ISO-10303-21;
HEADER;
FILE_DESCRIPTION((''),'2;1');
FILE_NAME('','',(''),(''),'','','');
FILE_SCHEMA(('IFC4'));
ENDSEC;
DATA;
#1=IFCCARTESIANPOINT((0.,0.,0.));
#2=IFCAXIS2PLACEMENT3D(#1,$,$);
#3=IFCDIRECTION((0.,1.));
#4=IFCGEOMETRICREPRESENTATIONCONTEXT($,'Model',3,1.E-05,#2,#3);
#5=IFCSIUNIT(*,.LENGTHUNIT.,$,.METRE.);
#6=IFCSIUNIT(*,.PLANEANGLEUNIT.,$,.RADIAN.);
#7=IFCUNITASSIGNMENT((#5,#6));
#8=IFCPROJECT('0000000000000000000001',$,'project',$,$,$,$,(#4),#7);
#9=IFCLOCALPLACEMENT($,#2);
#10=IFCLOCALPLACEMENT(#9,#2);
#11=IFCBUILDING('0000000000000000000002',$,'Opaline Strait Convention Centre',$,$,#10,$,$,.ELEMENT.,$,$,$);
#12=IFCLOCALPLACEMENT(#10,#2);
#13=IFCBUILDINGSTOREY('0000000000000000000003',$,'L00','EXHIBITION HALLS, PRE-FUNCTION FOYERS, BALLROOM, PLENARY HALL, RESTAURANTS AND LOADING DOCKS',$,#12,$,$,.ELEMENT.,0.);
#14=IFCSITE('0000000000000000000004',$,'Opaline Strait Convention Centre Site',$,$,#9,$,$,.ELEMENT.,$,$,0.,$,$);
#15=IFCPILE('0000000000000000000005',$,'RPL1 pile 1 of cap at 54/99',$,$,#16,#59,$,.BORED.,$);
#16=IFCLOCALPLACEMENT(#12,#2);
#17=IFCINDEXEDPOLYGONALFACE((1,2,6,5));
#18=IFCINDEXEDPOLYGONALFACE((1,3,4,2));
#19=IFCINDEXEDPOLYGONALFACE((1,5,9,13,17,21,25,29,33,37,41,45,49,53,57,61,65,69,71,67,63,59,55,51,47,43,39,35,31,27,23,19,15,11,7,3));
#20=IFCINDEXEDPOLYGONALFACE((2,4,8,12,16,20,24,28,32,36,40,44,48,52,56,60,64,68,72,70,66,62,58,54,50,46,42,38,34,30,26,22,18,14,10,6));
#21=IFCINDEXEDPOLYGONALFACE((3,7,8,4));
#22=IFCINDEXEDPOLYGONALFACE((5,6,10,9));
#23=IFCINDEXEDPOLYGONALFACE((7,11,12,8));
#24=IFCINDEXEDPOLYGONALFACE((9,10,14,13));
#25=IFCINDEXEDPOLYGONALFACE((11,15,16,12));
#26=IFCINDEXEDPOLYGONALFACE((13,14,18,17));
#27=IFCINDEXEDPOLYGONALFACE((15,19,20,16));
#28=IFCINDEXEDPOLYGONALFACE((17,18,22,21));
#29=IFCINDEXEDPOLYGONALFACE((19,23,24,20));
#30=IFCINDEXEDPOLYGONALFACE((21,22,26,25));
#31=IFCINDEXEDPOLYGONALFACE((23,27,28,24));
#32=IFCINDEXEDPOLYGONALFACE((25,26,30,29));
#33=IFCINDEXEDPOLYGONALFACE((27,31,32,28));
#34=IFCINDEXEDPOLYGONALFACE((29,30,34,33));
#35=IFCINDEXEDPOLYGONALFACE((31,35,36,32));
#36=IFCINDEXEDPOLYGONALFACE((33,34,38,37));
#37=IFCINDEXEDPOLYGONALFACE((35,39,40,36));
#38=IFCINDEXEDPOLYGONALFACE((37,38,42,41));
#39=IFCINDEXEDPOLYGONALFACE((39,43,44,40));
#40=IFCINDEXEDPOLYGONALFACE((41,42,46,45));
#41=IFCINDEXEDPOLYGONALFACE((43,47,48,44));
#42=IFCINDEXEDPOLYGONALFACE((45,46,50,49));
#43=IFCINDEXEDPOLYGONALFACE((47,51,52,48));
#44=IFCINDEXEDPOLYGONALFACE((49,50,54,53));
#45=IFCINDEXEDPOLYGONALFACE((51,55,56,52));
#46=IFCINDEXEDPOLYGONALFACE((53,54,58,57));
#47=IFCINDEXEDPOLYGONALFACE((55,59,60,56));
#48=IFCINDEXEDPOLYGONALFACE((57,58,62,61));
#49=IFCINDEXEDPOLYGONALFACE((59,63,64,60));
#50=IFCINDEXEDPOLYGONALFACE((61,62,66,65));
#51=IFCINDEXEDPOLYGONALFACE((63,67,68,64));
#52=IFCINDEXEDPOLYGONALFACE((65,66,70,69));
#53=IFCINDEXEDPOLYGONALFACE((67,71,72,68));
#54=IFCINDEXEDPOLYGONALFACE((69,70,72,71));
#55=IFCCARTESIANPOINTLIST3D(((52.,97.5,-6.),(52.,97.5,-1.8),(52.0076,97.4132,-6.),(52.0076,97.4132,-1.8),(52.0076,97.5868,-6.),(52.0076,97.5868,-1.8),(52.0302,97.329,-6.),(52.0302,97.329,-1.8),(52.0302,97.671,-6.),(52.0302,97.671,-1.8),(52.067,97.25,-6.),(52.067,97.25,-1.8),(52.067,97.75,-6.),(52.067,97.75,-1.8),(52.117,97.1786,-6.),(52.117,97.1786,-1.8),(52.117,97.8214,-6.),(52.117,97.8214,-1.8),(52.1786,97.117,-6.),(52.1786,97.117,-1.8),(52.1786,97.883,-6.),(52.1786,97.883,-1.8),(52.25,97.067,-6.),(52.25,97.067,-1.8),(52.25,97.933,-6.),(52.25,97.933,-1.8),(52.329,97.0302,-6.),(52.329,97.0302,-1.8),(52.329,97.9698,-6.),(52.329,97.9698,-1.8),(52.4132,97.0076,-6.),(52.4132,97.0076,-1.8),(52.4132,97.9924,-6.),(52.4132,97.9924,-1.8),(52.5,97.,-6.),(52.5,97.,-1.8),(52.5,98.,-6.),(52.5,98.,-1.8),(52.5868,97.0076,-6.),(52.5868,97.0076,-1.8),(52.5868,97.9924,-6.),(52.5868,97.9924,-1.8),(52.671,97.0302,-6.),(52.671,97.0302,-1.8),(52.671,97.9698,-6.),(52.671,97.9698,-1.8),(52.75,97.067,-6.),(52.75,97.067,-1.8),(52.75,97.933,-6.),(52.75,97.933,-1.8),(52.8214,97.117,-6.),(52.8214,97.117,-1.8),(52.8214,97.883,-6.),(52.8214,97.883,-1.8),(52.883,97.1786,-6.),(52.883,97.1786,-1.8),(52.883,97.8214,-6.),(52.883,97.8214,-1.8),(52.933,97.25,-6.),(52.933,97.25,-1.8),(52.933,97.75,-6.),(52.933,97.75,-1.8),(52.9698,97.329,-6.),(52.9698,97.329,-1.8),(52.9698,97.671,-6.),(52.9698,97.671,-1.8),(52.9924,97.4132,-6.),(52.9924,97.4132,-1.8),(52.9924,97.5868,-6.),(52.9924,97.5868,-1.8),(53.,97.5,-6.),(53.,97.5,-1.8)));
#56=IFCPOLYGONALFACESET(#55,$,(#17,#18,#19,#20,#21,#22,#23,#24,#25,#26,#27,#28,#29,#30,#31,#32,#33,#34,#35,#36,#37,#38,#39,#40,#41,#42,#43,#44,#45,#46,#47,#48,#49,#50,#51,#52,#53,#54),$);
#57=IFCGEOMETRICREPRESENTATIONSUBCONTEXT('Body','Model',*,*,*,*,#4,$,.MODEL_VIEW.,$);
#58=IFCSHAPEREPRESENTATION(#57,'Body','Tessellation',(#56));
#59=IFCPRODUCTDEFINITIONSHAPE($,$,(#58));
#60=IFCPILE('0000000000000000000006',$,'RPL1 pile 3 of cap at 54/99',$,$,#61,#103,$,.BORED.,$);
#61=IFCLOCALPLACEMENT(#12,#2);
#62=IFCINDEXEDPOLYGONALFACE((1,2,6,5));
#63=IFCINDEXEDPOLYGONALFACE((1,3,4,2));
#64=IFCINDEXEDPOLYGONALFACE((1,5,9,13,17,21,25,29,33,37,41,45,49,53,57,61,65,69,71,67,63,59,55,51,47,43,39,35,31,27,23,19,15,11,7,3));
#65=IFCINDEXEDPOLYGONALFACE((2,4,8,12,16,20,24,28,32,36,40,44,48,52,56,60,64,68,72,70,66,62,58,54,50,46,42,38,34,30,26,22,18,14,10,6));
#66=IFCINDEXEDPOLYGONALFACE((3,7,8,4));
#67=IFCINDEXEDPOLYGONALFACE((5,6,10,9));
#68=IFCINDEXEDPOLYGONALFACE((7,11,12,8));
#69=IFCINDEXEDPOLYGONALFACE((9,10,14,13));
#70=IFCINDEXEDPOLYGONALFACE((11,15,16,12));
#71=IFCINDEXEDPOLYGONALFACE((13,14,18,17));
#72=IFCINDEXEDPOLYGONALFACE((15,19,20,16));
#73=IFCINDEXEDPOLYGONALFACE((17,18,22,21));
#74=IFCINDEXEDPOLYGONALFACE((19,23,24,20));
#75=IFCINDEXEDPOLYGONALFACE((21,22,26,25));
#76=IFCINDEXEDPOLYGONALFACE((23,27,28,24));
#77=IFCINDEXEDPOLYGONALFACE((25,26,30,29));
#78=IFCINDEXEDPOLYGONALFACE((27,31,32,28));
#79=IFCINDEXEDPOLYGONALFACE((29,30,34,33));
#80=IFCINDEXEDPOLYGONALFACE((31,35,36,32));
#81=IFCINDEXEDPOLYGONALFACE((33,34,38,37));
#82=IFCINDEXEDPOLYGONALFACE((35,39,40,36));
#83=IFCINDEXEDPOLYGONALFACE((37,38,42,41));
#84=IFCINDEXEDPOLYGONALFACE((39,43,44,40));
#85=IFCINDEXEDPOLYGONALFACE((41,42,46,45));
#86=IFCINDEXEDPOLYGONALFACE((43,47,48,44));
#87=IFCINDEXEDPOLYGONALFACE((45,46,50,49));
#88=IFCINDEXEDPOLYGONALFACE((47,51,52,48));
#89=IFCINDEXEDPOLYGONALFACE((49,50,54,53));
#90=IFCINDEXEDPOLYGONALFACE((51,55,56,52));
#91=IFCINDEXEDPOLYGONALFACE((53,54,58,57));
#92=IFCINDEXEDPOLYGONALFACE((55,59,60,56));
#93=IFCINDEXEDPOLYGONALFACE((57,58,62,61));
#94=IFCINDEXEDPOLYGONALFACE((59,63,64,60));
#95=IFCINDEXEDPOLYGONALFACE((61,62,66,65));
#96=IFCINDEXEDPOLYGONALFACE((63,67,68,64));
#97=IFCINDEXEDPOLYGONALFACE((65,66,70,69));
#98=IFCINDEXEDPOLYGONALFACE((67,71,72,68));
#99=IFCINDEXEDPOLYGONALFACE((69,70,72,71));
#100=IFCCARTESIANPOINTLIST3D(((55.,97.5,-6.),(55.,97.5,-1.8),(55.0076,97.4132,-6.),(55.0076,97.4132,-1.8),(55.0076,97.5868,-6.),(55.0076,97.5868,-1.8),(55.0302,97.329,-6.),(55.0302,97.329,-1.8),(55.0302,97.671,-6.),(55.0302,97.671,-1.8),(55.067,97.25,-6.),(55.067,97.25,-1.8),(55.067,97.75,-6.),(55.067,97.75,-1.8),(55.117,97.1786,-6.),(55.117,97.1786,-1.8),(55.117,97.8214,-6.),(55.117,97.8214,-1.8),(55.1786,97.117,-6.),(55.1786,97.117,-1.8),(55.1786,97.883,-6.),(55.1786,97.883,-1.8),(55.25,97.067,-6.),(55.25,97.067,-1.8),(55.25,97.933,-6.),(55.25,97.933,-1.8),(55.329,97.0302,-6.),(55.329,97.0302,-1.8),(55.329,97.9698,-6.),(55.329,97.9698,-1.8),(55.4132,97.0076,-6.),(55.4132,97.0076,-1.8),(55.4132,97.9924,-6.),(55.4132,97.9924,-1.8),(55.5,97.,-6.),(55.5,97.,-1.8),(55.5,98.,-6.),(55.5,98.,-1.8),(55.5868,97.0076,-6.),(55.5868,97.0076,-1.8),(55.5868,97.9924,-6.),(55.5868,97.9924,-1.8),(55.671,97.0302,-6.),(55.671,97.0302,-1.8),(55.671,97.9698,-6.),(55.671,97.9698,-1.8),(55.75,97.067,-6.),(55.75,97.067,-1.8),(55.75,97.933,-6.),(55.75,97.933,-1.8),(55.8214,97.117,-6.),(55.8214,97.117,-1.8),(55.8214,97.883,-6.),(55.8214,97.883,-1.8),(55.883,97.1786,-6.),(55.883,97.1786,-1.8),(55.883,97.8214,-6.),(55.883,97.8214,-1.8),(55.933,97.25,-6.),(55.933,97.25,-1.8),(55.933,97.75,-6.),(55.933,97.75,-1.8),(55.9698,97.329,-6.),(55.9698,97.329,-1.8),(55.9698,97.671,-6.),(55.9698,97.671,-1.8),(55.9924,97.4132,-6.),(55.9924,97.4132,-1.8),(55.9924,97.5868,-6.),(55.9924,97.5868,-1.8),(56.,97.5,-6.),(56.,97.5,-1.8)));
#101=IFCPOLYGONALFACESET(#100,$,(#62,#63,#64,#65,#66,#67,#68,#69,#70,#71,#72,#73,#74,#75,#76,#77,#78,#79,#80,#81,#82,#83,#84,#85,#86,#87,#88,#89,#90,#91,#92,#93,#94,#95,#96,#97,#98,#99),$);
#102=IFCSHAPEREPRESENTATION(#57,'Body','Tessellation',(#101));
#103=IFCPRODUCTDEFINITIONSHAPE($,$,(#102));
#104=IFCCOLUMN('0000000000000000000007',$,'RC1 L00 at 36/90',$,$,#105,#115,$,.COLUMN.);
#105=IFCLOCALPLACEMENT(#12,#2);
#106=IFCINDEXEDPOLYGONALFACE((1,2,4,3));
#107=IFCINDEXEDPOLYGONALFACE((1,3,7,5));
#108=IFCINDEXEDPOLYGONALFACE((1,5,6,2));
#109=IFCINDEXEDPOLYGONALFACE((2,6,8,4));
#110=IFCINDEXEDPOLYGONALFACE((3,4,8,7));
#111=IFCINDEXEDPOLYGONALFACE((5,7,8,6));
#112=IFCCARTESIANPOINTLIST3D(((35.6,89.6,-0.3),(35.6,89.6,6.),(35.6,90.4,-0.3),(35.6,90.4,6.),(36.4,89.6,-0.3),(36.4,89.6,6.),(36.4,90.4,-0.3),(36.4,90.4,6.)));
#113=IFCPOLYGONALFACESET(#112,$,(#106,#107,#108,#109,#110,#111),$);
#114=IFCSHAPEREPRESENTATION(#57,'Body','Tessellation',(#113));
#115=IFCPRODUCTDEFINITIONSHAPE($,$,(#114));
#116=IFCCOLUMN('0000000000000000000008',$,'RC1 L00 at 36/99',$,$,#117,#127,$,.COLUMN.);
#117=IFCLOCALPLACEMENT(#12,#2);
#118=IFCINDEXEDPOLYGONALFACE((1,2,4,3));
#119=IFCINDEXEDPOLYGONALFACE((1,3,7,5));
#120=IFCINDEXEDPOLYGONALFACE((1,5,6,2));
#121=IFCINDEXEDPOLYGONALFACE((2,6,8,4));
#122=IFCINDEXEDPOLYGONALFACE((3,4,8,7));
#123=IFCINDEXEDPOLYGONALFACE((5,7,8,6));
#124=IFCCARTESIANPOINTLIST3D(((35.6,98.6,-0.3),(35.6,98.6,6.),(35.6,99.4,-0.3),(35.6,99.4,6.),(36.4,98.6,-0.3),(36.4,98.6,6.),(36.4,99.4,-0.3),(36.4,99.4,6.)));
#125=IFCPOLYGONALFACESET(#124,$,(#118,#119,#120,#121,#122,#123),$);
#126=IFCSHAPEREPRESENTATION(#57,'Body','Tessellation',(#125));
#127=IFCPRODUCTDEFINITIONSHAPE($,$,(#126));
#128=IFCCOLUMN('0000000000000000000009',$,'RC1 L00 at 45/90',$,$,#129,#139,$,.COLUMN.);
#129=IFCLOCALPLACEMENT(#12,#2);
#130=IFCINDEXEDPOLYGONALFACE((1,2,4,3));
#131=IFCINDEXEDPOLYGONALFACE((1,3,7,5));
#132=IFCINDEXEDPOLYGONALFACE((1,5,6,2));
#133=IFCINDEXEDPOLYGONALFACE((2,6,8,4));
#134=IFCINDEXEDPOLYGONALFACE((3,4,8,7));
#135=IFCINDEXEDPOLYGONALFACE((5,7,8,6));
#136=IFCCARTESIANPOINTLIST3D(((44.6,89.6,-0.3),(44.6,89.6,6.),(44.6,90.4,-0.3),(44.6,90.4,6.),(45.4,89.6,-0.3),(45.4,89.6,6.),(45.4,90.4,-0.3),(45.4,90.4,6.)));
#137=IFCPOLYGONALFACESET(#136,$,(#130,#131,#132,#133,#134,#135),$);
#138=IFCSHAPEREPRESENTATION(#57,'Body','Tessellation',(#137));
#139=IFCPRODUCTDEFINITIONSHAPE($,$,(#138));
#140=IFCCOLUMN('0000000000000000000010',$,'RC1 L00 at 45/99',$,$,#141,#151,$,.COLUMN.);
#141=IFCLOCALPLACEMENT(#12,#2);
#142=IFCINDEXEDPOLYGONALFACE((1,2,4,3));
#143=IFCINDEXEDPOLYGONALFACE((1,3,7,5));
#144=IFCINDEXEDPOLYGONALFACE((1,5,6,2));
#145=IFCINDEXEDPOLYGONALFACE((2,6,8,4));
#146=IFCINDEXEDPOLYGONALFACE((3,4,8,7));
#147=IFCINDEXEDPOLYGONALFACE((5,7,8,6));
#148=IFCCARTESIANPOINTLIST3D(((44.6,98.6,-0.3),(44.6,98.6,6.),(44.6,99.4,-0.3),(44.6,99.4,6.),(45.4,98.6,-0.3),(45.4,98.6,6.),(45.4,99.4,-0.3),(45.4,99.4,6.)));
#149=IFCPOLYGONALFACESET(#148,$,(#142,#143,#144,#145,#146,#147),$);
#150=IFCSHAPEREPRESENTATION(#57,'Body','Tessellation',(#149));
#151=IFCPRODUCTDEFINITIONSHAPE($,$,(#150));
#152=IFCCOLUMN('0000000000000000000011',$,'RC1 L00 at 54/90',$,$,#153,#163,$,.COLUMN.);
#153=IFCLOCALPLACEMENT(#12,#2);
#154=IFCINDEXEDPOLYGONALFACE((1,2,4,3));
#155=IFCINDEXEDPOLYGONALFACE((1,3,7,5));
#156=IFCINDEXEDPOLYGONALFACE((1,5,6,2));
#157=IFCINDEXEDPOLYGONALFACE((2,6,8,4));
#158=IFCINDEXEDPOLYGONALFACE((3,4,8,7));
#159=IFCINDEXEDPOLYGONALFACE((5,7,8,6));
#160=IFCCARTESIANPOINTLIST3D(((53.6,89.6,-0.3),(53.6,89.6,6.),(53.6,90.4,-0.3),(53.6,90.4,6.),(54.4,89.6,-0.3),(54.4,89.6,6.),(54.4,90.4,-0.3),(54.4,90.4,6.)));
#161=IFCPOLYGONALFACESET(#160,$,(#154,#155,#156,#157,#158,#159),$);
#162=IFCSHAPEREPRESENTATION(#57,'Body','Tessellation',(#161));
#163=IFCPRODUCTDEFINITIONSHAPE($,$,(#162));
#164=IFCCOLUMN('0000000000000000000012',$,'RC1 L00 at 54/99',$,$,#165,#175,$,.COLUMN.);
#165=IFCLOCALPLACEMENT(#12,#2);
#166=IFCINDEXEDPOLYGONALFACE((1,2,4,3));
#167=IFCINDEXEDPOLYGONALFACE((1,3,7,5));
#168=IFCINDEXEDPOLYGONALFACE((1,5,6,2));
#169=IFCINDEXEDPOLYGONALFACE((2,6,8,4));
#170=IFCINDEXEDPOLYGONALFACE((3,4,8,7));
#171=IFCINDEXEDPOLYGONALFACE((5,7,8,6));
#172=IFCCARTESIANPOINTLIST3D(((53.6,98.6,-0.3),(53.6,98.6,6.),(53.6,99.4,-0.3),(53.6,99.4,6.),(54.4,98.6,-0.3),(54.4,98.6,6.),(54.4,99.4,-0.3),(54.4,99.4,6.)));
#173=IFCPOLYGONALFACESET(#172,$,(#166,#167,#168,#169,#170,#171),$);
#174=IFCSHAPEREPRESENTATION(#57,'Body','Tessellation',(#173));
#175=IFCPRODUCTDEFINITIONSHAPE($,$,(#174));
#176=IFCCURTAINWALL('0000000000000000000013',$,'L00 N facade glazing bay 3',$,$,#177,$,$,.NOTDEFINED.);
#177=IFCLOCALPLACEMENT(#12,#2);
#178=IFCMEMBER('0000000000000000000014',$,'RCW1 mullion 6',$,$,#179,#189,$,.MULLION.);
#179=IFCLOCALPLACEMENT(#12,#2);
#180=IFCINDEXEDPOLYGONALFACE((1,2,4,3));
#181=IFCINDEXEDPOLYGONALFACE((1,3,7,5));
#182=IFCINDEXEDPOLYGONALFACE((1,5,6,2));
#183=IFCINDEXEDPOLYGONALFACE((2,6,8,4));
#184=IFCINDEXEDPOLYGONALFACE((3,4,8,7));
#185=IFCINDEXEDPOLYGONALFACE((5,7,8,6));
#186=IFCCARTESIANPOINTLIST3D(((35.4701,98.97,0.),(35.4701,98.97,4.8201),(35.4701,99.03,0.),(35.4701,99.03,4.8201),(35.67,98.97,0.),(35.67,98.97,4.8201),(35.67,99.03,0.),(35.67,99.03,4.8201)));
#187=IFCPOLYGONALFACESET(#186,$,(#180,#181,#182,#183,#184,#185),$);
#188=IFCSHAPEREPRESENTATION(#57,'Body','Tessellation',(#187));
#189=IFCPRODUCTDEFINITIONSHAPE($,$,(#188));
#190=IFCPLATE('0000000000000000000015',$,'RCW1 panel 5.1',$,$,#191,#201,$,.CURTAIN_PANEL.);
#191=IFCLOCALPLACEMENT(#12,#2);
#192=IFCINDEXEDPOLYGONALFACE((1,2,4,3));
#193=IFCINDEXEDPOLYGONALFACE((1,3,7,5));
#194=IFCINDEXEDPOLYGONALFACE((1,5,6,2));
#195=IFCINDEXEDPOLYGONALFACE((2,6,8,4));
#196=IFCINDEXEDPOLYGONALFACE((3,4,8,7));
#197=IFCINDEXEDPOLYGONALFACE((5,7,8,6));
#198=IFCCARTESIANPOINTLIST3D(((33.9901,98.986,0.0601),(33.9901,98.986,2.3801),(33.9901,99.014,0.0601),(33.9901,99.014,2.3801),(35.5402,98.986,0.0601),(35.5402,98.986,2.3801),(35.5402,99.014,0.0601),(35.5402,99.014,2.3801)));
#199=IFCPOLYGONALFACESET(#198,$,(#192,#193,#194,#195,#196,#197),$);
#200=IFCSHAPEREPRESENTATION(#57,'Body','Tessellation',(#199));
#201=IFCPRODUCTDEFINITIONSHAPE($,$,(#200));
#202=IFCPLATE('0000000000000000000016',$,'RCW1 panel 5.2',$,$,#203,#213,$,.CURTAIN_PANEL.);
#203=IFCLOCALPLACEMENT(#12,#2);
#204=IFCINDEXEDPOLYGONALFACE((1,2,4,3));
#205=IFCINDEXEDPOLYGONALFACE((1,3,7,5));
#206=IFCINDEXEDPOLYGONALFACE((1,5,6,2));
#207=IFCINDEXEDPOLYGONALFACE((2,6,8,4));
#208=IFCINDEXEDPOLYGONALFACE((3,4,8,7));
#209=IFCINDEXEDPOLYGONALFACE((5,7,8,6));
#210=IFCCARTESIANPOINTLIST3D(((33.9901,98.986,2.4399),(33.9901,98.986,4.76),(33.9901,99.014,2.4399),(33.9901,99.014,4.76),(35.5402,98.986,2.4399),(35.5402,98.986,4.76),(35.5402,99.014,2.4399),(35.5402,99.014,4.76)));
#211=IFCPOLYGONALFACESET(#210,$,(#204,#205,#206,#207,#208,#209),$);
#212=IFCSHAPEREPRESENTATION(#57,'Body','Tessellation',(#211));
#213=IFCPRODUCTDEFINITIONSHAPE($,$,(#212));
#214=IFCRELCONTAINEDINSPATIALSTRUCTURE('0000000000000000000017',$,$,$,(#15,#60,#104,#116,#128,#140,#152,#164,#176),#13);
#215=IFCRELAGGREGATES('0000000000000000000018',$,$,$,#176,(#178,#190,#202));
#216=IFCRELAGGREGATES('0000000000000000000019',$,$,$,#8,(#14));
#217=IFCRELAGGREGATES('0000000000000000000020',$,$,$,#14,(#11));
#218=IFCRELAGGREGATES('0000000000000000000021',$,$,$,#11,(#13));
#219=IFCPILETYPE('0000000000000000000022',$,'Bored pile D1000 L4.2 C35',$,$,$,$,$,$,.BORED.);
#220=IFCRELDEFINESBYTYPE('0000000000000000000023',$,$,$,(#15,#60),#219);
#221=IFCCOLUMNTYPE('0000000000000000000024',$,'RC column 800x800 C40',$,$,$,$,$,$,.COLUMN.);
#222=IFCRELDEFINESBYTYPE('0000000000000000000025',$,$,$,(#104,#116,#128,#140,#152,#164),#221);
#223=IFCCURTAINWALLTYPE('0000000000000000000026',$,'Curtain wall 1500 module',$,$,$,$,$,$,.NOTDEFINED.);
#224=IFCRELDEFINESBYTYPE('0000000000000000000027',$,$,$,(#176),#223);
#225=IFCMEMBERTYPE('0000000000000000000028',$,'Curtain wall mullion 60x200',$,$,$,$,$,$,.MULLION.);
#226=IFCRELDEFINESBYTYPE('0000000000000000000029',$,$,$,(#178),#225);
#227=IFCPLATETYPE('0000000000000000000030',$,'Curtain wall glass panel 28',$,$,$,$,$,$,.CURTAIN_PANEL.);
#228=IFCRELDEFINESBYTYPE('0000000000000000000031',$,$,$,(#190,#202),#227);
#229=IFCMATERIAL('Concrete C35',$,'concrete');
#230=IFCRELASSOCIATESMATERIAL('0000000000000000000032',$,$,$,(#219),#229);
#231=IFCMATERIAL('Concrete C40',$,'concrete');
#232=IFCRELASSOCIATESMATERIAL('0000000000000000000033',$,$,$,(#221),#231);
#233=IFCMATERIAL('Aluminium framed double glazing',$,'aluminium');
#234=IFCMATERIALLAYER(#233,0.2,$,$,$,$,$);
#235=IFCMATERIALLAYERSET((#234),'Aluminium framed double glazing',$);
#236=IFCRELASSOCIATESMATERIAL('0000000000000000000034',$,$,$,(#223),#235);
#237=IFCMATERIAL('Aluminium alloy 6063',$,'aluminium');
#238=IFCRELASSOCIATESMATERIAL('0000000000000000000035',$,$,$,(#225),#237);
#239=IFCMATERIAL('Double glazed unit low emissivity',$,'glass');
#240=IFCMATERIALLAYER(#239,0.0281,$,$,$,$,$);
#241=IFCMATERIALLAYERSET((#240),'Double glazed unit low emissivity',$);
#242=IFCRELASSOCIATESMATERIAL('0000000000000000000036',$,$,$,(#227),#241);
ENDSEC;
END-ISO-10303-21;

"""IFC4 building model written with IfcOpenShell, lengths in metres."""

from ifc_helpers import new_model, si_unit, direction, frame, origin, origin_2d, place, context, subcontext, project, spatial, rectangle, circle, extrude, material, layer, layer_set, material_profile, profile_set, type_object, element, aggregate, save


model = new_model("IFC4")

# Units and contexts
model_context = context("Model", 3, precision=1e-05, world=origin(), true_north=direction((0.0, 1.0)))
body_context = subcontext(model_context, "Body", "Model", "MODEL_VIEW")
ifc_project = project(units=[si_unit("LENGTHUNIT", "METRE"), si_unit("PLANEANGLEUNIT", "RADIAN")], contexts=[model_context])

# Site, building, storey
site_placement = place(None, origin())
site = spatial("IfcSite", under=ifc_project, at=site_placement, Name="Opaline Strait Convention Centre Site", CompositionType="ELEMENT", RefElevation=0.0)
building_placement = place(site_placement, origin())
building = spatial("IfcBuilding", under=site, at=building_placement, Name="Opaline Strait Convention Centre", CompositionType="ELEMENT")
storey_placement = place(building_placement, origin())
storey = spatial("IfcBuildingStorey", under=building, at=storey_placement, Name="L00", Description="EXHIBITION HALLS, PRE-FUNCTION FOYERS, BALLROOM, PLENARY HALL, RESTAURANTS AND LOADING DOCKS", CompositionType="ELEMENT", Elevation=0.0)

# Piles
ifc_material_1 = material(Name="Concrete C35", Category="concrete")
ifc_material_profile_1 = material_profile(ifc_material_1, circle(Radius=0.5, at=origin_2d()), Name="D1000")
ifc_profile_set_1 = profile_set([ifc_material_profile_1], Name="Concrete C35")
pile_type = type_object("IfcPileType", Name="Bored pile D1000 L4.2 C35", PredefinedType="BORED", material=ifc_profile_set_1)
for number, where, z_axis, x_axis, name in (
    (1, (52.5, 97.5, -1.8), (0.0, 0.0, -1.0), (1.0, 0.0, 0.0), "RPL1 pile 1 of cap at 54/99"),
    (2, (55.5, 97.5, -1.8), (0.0, 0.0, -1.0), (1.0, 0.0, 0.0), "RPL1 pile 3 of cap at 54/99"),
):
    element("IfcPile", number, at=place(storey_placement, frame(where, z_axis=z_axis, x_axis=x_axis)), inside=storey, type_object=pile_type, Name=name, PredefinedType="BORED", context=body_context, shape_type="SweptSolid", body=[
        extrude(circle(Radius=0.5, at=origin_2d()), origin(), (0.0, 0.0, 1.0), 4.2),
    ])

# Columns
ifc_material_2 = material(Name="Concrete C40", Category="concrete")
ifc_material_profile_2 = material_profile(ifc_material_2, rectangle(XDim=0.8, YDim=0.8, at=origin_2d()), Name="RC 800x800")
ifc_profile_set_2 = profile_set([ifc_material_profile_2], Name="Concrete C40")
column_type = type_object("IfcColumnType", Name="RC column 800x800 C40", PredefinedType="COLUMN", material=ifc_profile_set_2)
for number, where, z_axis, x_axis, name in (
    (3, (36.0, 90.0, -0.3), (0.0, 0.0, 1.0), (1.0, 0.0, 0.0), "RC1 L00 at 36/90"),
    (4, (36.0, 99.0, -0.3), (0.0, 0.0, 1.0), (1.0, 0.0, 0.0), "RC1 L00 at 36/99"),
    (5, (45.0, 90.0, -0.3), (0.0, 0.0, 1.0), (1.0, 0.0, 0.0), "RC1 L00 at 45/90"),
    (6, (45.0, 99.0, -0.3), (0.0, 0.0, 1.0), (1.0, 0.0, 0.0), "RC1 L00 at 45/99"),
    (7, (54.0, 90.0, -0.3), (0.0, 0.0, 1.0), (1.0, 0.0, 0.0), "RC1 L00 at 54/90"),
    (8, (54.0, 99.0, -0.3), (0.0, 0.0, 1.0), (1.0, 0.0, 0.0), "RC1 L00 at 54/99"),
):
    element("IfcColumn", number, at=place(storey_placement, frame(where, z_axis=z_axis, x_axis=x_axis)), inside=storey, type_object=column_type, Name=name, PredefinedType="COLUMN", context=body_context, shape_type="SweptSolid", body=[
        extrude(rectangle(XDim=0.8, YDim=0.8, at=origin_2d()), origin(), (0.0, 0.0, 1.0), 6.3),
    ])

# Curtain wall, member, plates
ifc_material_3 = material(Name="Aluminium framed double glazing", Category="aluminium")
ifc_layer_1 = layer(ifc_material_3, 0.2)
ifc_layer_set_1 = layer_set([ifc_layer_1], Name="Aluminium framed double glazing")
curtain_wall_type = type_object("IfcCurtainWallType", Name="Curtain wall 1500 module", PredefinedType="NOTDEFINED", material=ifc_layer_set_1)
curtain_wall_placement = place(storey_placement, origin())
curtain_wall = element("IfcCurtainWall", 9, at=curtain_wall_placement, inside=storey, type_object=curtain_wall_type, Name="L00 N facade glazing bay 3", PredefinedType="NOTDEFINED")
ifc_material_4 = material(Name="Aluminium alloy 6063", Category="aluminium")
ifc_material_profile_3 = material_profile(ifc_material_4, rectangle(XDim=0.0601, YDim=0.2, at=origin_2d()), Name="Curtain wall mullion 60x200")
ifc_profile_set_3 = profile_set([ifc_material_profile_3], Name="Aluminium alloy 6063")
member_type = type_object("IfcMemberType", Name="Curtain wall mullion 60x200", PredefinedType="MULLION", material=ifc_profile_set_3)
member_placement = place(storey_placement, frame((35.5701, 99.0, 0.0), z_axis=(0.0, 0.0, 1.0), x_axis=(0.0, 1.0, 0.0)))
member = element("IfcMember", 10, at=member_placement, type_object=member_type, Name="RCW1 mullion 6", PredefinedType="MULLION", context=body_context, shape_type="SweptSolid", body=[
    extrude(rectangle(XDim=0.0601, YDim=0.2, at=origin_2d()), origin(), (0.0, 0.0, 1.0), 4.8201),
])
ifc_material_5 = material(Name="Double glazed unit low emissivity", Category="glass")
ifc_layer_2 = layer(ifc_material_5, 0.0281)
ifc_layer_set_2 = layer_set([ifc_layer_2], Name="Double glazed unit low emissivity")
plate_type = type_object("IfcPlateType", Name="Curtain wall glass panel 28", PredefinedType="CURTAIN_PANEL", material=ifc_layer_set_2)
plate_1_placement = place(storey_placement, frame((34.7651, 99.0, 0.0601), z_axis=(0.0, 0.0, 1.0), x_axis=(1.0, 0.0, 0.0)))
plate_1 = element("IfcPlate", 11, at=plate_1_placement, type_object=plate_type, Name="RCW1 panel 5.1", PredefinedType="CURTAIN_PANEL", context=body_context, shape_type="SweptSolid", body=[
    extrude(rectangle(XDim=1.55, YDim=0.0281, at=origin_2d()), origin(), (0.0, 0.0, 1.0), 2.3201),
])
plate_2_placement = place(storey_placement, frame((34.7651, 99.0, 2.4399), z_axis=(0.0, 0.0, 1.0), x_axis=(1.0, 0.0, 0.0)))
plate_2 = element("IfcPlate", 12, at=plate_2_placement, type_object=plate_type, Name="RCW1 panel 5.2", PredefinedType="CURTAIN_PANEL", context=body_context, shape_type="SweptSolid", body=[
    extrude(rectangle(XDim=1.55, YDim=0.0281, at=origin_2d()), origin(), (0.0, 0.0, 1.0), 2.3201),
])
aggregate(curtain_wall, [member, plate_1, plate_2])

save(model, "model.ifc")
